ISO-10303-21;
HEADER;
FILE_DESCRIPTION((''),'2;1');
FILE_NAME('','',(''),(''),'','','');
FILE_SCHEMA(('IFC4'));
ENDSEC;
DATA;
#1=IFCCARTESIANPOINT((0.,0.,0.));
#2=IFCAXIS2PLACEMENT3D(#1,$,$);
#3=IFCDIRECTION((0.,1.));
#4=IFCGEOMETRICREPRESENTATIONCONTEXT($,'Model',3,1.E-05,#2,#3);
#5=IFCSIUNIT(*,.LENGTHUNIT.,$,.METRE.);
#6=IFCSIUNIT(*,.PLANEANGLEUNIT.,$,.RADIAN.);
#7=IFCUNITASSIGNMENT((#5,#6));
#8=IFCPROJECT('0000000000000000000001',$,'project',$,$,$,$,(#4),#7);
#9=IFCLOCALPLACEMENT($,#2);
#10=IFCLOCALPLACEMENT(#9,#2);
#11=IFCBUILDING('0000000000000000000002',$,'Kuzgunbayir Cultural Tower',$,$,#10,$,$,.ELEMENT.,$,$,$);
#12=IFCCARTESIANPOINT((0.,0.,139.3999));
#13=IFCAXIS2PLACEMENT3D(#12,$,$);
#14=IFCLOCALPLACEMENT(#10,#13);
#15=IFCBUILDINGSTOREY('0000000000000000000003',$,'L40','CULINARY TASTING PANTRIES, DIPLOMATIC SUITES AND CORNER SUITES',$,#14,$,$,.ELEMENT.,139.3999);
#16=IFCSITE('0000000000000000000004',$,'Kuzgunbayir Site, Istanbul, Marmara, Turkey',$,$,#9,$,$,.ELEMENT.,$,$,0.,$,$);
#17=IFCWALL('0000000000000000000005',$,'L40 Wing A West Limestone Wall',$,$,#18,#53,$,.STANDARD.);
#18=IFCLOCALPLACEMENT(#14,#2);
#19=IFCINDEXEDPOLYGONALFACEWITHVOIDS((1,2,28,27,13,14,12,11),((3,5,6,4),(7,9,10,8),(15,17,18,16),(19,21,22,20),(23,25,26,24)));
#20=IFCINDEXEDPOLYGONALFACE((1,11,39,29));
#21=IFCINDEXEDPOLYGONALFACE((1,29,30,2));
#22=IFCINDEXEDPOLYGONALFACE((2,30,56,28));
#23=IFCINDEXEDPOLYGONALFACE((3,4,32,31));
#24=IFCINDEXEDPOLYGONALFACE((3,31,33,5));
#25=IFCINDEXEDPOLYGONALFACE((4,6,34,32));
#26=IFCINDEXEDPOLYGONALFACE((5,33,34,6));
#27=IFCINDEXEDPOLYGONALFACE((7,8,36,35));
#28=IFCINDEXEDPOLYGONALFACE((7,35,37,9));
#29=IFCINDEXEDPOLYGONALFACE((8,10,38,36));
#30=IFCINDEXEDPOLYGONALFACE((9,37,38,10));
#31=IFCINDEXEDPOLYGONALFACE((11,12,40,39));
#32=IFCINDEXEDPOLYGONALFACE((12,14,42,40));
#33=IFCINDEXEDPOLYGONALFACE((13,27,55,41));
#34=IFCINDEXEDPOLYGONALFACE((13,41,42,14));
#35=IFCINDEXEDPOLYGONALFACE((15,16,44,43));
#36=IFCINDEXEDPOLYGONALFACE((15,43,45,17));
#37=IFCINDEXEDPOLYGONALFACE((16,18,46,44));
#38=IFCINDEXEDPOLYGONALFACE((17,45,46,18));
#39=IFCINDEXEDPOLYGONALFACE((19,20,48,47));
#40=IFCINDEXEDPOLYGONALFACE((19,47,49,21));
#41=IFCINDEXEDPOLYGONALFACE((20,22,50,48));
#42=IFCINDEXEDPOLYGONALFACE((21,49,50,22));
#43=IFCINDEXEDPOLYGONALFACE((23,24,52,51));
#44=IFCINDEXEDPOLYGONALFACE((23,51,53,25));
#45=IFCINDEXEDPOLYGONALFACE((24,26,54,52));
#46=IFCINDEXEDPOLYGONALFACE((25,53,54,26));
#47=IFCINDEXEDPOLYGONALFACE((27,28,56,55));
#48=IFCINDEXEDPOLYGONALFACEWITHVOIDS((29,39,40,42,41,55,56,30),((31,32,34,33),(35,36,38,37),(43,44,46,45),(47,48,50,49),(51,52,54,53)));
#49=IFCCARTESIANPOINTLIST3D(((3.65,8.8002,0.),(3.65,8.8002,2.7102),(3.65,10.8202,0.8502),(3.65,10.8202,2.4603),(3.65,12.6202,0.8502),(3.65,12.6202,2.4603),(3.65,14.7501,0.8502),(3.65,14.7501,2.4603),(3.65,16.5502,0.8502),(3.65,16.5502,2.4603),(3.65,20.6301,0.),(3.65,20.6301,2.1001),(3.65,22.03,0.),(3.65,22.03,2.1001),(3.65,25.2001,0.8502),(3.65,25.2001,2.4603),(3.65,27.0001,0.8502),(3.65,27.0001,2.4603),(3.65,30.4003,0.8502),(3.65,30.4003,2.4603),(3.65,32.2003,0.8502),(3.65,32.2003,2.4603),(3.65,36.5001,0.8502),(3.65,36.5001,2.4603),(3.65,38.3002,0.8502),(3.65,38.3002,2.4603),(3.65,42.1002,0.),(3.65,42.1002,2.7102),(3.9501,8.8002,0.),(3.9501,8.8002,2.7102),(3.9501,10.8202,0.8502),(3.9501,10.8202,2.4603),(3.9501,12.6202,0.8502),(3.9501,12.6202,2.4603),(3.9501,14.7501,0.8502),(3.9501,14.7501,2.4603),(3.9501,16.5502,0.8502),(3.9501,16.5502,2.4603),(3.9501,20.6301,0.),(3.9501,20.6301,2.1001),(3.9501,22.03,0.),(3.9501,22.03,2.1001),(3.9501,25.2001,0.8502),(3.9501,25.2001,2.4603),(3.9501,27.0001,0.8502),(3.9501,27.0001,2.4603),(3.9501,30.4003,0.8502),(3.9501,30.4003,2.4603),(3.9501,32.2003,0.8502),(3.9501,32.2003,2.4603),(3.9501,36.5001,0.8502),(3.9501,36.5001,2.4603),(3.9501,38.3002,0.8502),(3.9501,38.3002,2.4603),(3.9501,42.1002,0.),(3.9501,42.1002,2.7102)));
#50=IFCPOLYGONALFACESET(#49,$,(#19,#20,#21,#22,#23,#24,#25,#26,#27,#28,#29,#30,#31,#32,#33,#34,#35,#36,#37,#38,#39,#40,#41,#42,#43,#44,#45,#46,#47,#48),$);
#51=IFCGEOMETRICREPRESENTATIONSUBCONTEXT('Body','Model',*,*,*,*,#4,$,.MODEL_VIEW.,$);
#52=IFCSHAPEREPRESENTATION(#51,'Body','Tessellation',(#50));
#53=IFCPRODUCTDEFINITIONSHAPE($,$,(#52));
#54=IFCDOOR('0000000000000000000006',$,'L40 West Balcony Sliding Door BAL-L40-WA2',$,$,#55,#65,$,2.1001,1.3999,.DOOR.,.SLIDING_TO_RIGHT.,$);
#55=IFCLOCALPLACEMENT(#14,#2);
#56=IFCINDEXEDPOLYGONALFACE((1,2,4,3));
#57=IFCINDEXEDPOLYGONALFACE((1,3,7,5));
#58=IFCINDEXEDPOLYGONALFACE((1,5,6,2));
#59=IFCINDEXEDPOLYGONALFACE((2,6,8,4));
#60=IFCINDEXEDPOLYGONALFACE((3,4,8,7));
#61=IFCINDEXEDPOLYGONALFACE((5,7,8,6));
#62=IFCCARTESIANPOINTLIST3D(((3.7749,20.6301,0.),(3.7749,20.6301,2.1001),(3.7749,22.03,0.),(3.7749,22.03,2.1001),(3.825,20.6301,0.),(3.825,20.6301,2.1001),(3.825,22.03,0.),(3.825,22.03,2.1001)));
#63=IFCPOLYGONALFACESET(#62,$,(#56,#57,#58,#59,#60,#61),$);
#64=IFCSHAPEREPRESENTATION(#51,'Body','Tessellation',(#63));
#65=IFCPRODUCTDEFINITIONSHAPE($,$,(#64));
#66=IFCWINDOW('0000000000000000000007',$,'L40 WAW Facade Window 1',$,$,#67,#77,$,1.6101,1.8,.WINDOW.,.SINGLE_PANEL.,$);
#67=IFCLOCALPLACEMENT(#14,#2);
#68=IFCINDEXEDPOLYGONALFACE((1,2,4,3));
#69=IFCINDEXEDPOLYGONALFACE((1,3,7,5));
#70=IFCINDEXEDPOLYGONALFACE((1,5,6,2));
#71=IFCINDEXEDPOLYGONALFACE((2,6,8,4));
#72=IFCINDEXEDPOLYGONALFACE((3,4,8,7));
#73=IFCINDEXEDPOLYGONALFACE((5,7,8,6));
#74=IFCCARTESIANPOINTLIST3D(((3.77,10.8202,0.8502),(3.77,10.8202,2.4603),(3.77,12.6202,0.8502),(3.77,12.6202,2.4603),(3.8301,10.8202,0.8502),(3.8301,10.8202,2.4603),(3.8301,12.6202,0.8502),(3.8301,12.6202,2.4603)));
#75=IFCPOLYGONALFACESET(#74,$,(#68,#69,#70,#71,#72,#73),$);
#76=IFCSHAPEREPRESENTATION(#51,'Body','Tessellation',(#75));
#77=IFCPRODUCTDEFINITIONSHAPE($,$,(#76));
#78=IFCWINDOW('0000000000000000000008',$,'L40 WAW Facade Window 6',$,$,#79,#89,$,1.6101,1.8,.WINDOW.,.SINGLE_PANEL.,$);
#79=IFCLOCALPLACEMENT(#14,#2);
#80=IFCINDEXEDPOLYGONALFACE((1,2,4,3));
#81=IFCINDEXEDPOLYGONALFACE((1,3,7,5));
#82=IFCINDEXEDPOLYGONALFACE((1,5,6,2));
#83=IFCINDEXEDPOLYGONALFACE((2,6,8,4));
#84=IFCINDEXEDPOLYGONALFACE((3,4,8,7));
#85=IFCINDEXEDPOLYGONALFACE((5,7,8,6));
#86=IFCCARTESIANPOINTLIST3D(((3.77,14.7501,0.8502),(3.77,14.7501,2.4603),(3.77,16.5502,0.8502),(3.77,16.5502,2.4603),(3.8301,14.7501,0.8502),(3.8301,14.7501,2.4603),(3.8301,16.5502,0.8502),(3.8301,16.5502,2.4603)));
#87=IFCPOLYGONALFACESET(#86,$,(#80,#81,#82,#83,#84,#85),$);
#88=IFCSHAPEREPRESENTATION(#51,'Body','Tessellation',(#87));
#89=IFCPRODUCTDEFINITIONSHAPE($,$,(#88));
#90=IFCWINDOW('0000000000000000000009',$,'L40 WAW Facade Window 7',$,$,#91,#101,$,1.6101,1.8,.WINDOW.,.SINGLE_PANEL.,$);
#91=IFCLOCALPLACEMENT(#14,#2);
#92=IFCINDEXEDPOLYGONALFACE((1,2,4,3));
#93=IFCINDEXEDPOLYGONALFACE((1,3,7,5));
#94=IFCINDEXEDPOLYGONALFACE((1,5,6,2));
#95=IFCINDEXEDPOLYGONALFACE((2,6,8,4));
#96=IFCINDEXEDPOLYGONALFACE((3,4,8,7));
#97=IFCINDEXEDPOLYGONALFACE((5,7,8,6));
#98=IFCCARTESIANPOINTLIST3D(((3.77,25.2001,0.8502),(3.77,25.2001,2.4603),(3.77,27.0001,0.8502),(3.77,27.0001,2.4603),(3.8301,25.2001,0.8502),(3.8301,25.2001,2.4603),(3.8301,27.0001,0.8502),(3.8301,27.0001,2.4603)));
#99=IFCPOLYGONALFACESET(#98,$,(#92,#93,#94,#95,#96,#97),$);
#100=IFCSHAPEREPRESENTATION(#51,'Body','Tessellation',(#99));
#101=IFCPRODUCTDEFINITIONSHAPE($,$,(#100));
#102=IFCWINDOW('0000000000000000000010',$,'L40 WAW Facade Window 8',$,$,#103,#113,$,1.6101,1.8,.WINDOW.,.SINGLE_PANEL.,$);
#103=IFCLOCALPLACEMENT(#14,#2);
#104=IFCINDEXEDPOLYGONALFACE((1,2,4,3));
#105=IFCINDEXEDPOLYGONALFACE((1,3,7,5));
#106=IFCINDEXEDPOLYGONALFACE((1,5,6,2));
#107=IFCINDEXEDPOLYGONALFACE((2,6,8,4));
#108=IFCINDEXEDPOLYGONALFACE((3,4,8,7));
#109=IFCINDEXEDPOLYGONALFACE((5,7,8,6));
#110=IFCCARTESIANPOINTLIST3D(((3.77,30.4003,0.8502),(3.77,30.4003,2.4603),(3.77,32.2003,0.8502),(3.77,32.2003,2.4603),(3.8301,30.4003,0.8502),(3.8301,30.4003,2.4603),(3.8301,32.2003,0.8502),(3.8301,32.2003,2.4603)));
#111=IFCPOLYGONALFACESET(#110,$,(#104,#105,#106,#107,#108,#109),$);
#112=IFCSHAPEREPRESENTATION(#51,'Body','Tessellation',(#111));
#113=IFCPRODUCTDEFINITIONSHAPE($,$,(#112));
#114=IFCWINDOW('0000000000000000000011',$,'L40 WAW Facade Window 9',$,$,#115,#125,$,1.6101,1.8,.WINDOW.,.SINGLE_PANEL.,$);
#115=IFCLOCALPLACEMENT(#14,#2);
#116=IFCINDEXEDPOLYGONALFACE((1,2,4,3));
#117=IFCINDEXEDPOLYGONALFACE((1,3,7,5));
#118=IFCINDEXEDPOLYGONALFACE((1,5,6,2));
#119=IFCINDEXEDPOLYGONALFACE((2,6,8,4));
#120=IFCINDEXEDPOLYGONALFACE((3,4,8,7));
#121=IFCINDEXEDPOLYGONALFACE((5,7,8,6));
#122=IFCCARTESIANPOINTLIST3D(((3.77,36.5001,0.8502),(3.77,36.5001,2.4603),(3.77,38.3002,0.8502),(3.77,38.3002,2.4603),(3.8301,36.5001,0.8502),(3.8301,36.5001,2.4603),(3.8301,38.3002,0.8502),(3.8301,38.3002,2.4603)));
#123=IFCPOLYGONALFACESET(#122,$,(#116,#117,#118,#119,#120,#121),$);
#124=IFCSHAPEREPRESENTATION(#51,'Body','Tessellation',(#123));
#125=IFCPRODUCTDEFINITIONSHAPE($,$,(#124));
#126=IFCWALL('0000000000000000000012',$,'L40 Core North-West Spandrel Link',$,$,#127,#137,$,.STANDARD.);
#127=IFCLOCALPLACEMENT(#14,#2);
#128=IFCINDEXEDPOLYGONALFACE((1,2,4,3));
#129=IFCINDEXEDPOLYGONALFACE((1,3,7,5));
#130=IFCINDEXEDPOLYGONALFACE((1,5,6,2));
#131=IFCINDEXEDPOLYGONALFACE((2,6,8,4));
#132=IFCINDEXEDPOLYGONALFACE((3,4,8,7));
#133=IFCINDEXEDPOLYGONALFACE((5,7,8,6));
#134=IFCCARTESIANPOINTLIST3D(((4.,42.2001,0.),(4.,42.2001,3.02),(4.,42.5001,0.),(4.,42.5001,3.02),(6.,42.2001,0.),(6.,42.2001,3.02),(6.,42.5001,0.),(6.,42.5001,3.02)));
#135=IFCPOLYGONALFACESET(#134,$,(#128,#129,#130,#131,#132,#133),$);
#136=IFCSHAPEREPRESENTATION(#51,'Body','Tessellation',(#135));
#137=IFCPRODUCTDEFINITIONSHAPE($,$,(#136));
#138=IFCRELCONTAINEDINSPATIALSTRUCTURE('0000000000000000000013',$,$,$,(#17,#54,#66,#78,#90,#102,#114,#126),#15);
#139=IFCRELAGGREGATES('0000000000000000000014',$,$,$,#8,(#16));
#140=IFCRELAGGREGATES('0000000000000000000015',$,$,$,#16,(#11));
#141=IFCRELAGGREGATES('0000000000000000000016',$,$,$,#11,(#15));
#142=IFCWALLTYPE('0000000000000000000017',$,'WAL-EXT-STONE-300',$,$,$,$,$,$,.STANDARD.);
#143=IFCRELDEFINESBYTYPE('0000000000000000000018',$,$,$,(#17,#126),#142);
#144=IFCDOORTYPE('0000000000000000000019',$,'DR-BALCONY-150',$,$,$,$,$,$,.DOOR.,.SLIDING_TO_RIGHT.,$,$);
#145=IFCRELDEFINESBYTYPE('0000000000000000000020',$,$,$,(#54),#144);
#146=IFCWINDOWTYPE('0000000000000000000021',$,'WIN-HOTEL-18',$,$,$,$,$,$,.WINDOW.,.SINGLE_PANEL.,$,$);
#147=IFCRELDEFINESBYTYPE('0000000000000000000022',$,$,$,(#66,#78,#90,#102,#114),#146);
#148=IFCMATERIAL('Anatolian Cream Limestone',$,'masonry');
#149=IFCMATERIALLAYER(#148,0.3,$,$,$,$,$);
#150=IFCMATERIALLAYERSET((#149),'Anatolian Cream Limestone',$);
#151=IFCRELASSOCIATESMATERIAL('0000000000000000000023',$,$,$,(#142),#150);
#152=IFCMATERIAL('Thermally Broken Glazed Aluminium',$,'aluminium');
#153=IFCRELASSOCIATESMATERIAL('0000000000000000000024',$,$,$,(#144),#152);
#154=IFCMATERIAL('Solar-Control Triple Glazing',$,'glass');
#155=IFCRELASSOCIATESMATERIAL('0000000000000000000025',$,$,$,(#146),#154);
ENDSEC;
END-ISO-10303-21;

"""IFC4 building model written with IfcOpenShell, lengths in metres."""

from ifc_helpers import new_model, si_unit, direction, frame, frame_2d, origin, place, context, subcontext, project, spatial, rectangle, extrude, material, layer, layer_set, type_object, element, fill, save


model = new_model("IFC4")

# Units and contexts
model_context = context("Model", 3, precision=1e-05, world=origin(), true_north=direction((0.0, 1.0)))
body_context = subcontext(model_context, "Body", "Model", "MODEL_VIEW")
ifc_project = project(units=[si_unit("LENGTHUNIT", "METRE"), si_unit("PLANEANGLEUNIT", "RADIAN")], contexts=[model_context])

# Site, building, storey
site_placement = place(None, origin())
site = spatial("IfcSite", under=ifc_project, at=site_placement, Name="Kuzgunbayir Site, Istanbul, Marmara, Turkey", CompositionType="ELEMENT", RefElevation=0.0)
building_placement = place(site_placement, origin())
building = spatial("IfcBuilding", under=site, at=building_placement, Name="Kuzgunbayir Cultural Tower", CompositionType="ELEMENT")
storey_placement = place(building_placement, frame((0.0, 0.0, 139.3999)))
storey = spatial("IfcBuildingStorey", under=building, at=storey_placement, Name="L40", Description="CULINARY TASTING PANTRIES, DIPLOMATIC SUITES AND CORNER SUITES", CompositionType="ELEMENT", Elevation=139.3999)

# Wall, openings, door, windows
ifc_material_1 = material(Name="Anatolian Cream Limestone", Category="masonry")
ifc_layer_1 = layer(ifc_material_1, 0.3)
ifc_layer_set_1 = layer_set([ifc_layer_1], Name="Anatolian Cream Limestone")
wall_type_1 = type_object("IfcWallType", Name="WAL-EXT-STONE-300", PredefinedType="STANDARD", material=ifc_layer_set_1)
wall_1_placement = place(storey_placement, frame((3.8, 42.1001, 0.0), z_axis=(0.0, 0.0, 1.0), x_axis=(0.0, -1.0, 0.0)))
wall_1 = element("IfcWall", 1, at=wall_1_placement, inside=storey, type_object=wall_type_1, Name="L40 Wing A West Limestone Wall", PredefinedType="STANDARD", context=body_context, shape_type="SweptSolid", body=[
    extrude(rectangle(XDim=33.3, YDim=0.3, at=frame_2d((16.6499, 0.0))), origin(), (0.0, 0.0, 1.0), 2.7102),
])
opening_1_placement = place(wall_1_placement, frame((20.0701, 0.0, 0.0)))
opening_1 = element("IfcOpeningElement", 2, at=opening_1_placement, cuts=wall_1, PredefinedType="OPENING", context=body_context, shape_type="SweptSolid", body=[
    extrude(rectangle(XDim=1.3999, YDim=2.1001, at=frame_2d((0.7, 1.05))), frame((0.0, 0.1602, 0.0), z_axis=(0.0, -1.0, 0.0), x_axis=(1.0, 0.0, 0.0)), (0.0, 0.0, 1.0), 0.3201),
])
opening_2_placement = place(wall_1_placement, frame((29.48, 0.0, 0.8501)))
opening_2 = element("IfcOpeningElement", 3, at=opening_2_placement, cuts=wall_1, PredefinedType="OPENING", context=body_context, shape_type="SweptSolid", body=[
    extrude(rectangle(XDim=1.8, YDim=1.6101, at=frame_2d((0.8999, 0.8052))), frame((0.0, 0.1602, 0.0), z_axis=(0.0, -1.0, 0.0), x_axis=(1.0, 0.0, 0.0)), (0.0, 0.0, 1.0), 0.3201),
])
opening_3_placement = place(wall_1_placement, frame((25.55, 0.0, 0.8501)))
opening_3 = element("IfcOpeningElement", 4, at=opening_3_placement, cuts=wall_1, PredefinedType="OPENING", context=body_context, shape_type="SweptSolid", body=[
    extrude(rectangle(XDim=1.8, YDim=1.6101, at=frame_2d((0.8999, 0.8052))), frame((0.0, 0.1602, 0.0), z_axis=(0.0, -1.0, 0.0), x_axis=(1.0, 0.0, 0.0)), (0.0, 0.0, 1.0), 0.3201),
])
opening_4_placement = place(wall_1_placement, frame((15.1001, 0.0, 0.8501)))
opening_4 = element("IfcOpeningElement", 5, at=opening_4_placement, cuts=wall_1, PredefinedType="OPENING", context=body_context, shape_type="SweptSolid", body=[
    extrude(rectangle(XDim=1.8, YDim=1.6101, at=frame_2d((0.8999, 0.8052))), frame((0.0, 0.1602, 0.0), z_axis=(0.0, -1.0, 0.0), x_axis=(1.0, 0.0, 0.0)), (0.0, 0.0, 1.0), 0.3201),
])
opening_5_placement = place(wall_1_placement, frame((9.8999, 0.0, 0.8501)))
opening_5 = element("IfcOpeningElement", 6, at=opening_5_placement, cuts=wall_1, PredefinedType="OPENING", context=body_context, shape_type="SweptSolid", body=[
    extrude(rectangle(XDim=1.8, YDim=1.6101, at=frame_2d((0.8999, 0.8052))), frame((0.0, 0.1602, 0.0), z_axis=(0.0, -1.0, 0.0), x_axis=(1.0, 0.0, 0.0)), (0.0, 0.0, 1.0), 0.3201),
])
opening_6_placement = place(wall_1_placement, frame((3.8, 0.0, 0.8501)))
opening_6 = element("IfcOpeningElement", 7, at=opening_6_placement, cuts=wall_1, PredefinedType="OPENING", context=body_context, shape_type="SweptSolid", body=[
    extrude(rectangle(XDim=1.8, YDim=1.6101, at=frame_2d((0.8999, 0.8052))), frame((0.0, 0.1602, 0.0), z_axis=(0.0, -1.0, 0.0), x_axis=(1.0, 0.0, 0.0)), (0.0, 0.0, 1.0), 0.3201),
])
ifc_material_2 = material(Name="Thermally Broken Glazed Aluminium", Category="aluminium")
door_type = type_object("IfcDoorType", Name="DR-BALCONY-150", OperationType="SLIDING_TO_RIGHT", PredefinedType="DOOR", material=ifc_material_2)
door_placement = place(opening_1_placement, origin())
door = element("IfcDoor", 8, at=door_placement, inside=storey, type_object=door_type, Name="L40 West Balcony Sliding Door BAL-L40-WA2", OperationType="SLIDING_TO_RIGHT", OverallHeight=2.1001, OverallWidth=1.3999, PredefinedType="DOOR", context=body_context, shape_type="SweptSolid", body=[
    extrude(rectangle(XDim=1.3999, YDim=2.1001, at=frame_2d((0.7, 1.05))), frame((0.0, 0.0249, 0.0), z_axis=(0.0, -1.0, 0.0), x_axis=(1.0, 0.0, 0.0)), (0.0, 0.0, 1.0), 0.05),
])
fill(opening_1, door)
ifc_material_3 = material(Name="Solar-Control Triple Glazing", Category="glass")
window_type = type_object("IfcWindowType", Name="WIN-HOTEL-18", PartitioningType="SINGLE_PANEL", PredefinedType="WINDOW", material=ifc_material_3)
window_1_placement = place(opening_2_placement, origin())
window_1 = element("IfcWindow", 9, at=window_1_placement, inside=storey, type_object=window_type, Name="L40 WAW Facade Window 1", OverallHeight=1.6101, OverallWidth=1.8, PartitioningType="SINGLE_PANEL", PredefinedType="WINDOW", context=body_context, shape_type="SweptSolid", body=[
    extrude(rectangle(XDim=1.8, YDim=1.6101, at=frame_2d((0.8999, 0.8052))), frame((0.0, 0.03, 0.0), z_axis=(0.0, -1.0, 0.0), x_axis=(1.0, 0.0, 0.0)), (0.0, 0.0, 1.0), 0.0601),
])
fill(opening_2, window_1)
window_2_placement = place(opening_3_placement, origin())
window_2 = element("IfcWindow", 10, at=window_2_placement, inside=storey, type_object=window_type, Name="L40 WAW Facade Window 6", OverallHeight=1.6101, OverallWidth=1.8, PartitioningType="SINGLE_PANEL", PredefinedType="WINDOW", context=body_context, shape_type="SweptSolid", body=[
    extrude(rectangle(XDim=1.8, YDim=1.6101, at=frame_2d((0.8999, 0.8052))), frame((0.0, 0.03, 0.0), z_axis=(0.0, -1.0, 0.0), x_axis=(1.0, 0.0, 0.0)), (0.0, 0.0, 1.0), 0.0601),
])
fill(opening_3, window_2)
window_3_placement = place(opening_4_placement, origin())
window_3 = element("IfcWindow", 11, at=window_3_placement, inside=storey, type_object=window_type, Name="L40 WAW Facade Window 7", OverallHeight=1.6101, OverallWidth=1.8, PartitioningType="SINGLE_PANEL", PredefinedType="WINDOW", context=body_context, shape_type="SweptSolid", body=[
    extrude(rectangle(XDim=1.8, YDim=1.6101, at=frame_2d((0.8999, 0.8052))), frame((0.0, 0.03, 0.0), z_axis=(0.0, -1.0, 0.0), x_axis=(1.0, 0.0, 0.0)), (0.0, 0.0, 1.0), 0.0601),
])
fill(opening_4, window_3)
window_4_placement = place(opening_5_placement, origin())
window_4 = element("IfcWindow", 12, at=window_4_placement, inside=storey, type_object=window_type, Name="L40 WAW Facade Window 8", OverallHeight=1.6101, OverallWidth=1.8, PartitioningType="SINGLE_PANEL", PredefinedType="WINDOW", context=body_context, shape_type="SweptSolid", body=[
    extrude(rectangle(XDim=1.8, YDim=1.6101, at=frame_2d((0.8999, 0.8052))), frame((0.0, 0.03, 0.0), z_axis=(0.0, -1.0, 0.0), x_axis=(1.0, 0.0, 0.0)), (0.0, 0.0, 1.0), 0.0601),
])
fill(opening_5, window_4)
window_5_placement = place(opening_6_placement, origin())
window_5 = element("IfcWindow", 13, at=window_5_placement, inside=storey, type_object=window_type, Name="L40 WAW Facade Window 9", OverallHeight=1.6101, OverallWidth=1.8, PartitioningType="SINGLE_PANEL", PredefinedType="WINDOW", context=body_context, shape_type="SweptSolid", body=[
    extrude(rectangle(XDim=1.8, YDim=1.6101, at=frame_2d((0.8999, 0.8052))), frame((0.0, 0.03, 0.0), z_axis=(0.0, -1.0, 0.0), x_axis=(1.0, 0.0, 0.0)), (0.0, 0.0, 1.0), 0.0601),
])
fill(opening_6, window_5)

# Wall
wall_2_placement = place(storey_placement, frame((6.0, 42.3501, 0.0), z_axis=(0.0, 0.0, 1.0), x_axis=(-1.0, 0.0, 0.0)))
element("IfcWall", 14, at=wall_2_placement, inside=storey, type_object=wall_type_1, Name="L40 Core North-West Spandrel Link", PredefinedType="STANDARD", context=body_context, shape_type="SweptSolid", body=[
    extrude(rectangle(XDim=2.0, YDim=0.3, at=frame_2d((1.0, 0.0))), origin(), (0.0, 0.0, 1.0), 3.02),
])

save(model, "model.ifc")
